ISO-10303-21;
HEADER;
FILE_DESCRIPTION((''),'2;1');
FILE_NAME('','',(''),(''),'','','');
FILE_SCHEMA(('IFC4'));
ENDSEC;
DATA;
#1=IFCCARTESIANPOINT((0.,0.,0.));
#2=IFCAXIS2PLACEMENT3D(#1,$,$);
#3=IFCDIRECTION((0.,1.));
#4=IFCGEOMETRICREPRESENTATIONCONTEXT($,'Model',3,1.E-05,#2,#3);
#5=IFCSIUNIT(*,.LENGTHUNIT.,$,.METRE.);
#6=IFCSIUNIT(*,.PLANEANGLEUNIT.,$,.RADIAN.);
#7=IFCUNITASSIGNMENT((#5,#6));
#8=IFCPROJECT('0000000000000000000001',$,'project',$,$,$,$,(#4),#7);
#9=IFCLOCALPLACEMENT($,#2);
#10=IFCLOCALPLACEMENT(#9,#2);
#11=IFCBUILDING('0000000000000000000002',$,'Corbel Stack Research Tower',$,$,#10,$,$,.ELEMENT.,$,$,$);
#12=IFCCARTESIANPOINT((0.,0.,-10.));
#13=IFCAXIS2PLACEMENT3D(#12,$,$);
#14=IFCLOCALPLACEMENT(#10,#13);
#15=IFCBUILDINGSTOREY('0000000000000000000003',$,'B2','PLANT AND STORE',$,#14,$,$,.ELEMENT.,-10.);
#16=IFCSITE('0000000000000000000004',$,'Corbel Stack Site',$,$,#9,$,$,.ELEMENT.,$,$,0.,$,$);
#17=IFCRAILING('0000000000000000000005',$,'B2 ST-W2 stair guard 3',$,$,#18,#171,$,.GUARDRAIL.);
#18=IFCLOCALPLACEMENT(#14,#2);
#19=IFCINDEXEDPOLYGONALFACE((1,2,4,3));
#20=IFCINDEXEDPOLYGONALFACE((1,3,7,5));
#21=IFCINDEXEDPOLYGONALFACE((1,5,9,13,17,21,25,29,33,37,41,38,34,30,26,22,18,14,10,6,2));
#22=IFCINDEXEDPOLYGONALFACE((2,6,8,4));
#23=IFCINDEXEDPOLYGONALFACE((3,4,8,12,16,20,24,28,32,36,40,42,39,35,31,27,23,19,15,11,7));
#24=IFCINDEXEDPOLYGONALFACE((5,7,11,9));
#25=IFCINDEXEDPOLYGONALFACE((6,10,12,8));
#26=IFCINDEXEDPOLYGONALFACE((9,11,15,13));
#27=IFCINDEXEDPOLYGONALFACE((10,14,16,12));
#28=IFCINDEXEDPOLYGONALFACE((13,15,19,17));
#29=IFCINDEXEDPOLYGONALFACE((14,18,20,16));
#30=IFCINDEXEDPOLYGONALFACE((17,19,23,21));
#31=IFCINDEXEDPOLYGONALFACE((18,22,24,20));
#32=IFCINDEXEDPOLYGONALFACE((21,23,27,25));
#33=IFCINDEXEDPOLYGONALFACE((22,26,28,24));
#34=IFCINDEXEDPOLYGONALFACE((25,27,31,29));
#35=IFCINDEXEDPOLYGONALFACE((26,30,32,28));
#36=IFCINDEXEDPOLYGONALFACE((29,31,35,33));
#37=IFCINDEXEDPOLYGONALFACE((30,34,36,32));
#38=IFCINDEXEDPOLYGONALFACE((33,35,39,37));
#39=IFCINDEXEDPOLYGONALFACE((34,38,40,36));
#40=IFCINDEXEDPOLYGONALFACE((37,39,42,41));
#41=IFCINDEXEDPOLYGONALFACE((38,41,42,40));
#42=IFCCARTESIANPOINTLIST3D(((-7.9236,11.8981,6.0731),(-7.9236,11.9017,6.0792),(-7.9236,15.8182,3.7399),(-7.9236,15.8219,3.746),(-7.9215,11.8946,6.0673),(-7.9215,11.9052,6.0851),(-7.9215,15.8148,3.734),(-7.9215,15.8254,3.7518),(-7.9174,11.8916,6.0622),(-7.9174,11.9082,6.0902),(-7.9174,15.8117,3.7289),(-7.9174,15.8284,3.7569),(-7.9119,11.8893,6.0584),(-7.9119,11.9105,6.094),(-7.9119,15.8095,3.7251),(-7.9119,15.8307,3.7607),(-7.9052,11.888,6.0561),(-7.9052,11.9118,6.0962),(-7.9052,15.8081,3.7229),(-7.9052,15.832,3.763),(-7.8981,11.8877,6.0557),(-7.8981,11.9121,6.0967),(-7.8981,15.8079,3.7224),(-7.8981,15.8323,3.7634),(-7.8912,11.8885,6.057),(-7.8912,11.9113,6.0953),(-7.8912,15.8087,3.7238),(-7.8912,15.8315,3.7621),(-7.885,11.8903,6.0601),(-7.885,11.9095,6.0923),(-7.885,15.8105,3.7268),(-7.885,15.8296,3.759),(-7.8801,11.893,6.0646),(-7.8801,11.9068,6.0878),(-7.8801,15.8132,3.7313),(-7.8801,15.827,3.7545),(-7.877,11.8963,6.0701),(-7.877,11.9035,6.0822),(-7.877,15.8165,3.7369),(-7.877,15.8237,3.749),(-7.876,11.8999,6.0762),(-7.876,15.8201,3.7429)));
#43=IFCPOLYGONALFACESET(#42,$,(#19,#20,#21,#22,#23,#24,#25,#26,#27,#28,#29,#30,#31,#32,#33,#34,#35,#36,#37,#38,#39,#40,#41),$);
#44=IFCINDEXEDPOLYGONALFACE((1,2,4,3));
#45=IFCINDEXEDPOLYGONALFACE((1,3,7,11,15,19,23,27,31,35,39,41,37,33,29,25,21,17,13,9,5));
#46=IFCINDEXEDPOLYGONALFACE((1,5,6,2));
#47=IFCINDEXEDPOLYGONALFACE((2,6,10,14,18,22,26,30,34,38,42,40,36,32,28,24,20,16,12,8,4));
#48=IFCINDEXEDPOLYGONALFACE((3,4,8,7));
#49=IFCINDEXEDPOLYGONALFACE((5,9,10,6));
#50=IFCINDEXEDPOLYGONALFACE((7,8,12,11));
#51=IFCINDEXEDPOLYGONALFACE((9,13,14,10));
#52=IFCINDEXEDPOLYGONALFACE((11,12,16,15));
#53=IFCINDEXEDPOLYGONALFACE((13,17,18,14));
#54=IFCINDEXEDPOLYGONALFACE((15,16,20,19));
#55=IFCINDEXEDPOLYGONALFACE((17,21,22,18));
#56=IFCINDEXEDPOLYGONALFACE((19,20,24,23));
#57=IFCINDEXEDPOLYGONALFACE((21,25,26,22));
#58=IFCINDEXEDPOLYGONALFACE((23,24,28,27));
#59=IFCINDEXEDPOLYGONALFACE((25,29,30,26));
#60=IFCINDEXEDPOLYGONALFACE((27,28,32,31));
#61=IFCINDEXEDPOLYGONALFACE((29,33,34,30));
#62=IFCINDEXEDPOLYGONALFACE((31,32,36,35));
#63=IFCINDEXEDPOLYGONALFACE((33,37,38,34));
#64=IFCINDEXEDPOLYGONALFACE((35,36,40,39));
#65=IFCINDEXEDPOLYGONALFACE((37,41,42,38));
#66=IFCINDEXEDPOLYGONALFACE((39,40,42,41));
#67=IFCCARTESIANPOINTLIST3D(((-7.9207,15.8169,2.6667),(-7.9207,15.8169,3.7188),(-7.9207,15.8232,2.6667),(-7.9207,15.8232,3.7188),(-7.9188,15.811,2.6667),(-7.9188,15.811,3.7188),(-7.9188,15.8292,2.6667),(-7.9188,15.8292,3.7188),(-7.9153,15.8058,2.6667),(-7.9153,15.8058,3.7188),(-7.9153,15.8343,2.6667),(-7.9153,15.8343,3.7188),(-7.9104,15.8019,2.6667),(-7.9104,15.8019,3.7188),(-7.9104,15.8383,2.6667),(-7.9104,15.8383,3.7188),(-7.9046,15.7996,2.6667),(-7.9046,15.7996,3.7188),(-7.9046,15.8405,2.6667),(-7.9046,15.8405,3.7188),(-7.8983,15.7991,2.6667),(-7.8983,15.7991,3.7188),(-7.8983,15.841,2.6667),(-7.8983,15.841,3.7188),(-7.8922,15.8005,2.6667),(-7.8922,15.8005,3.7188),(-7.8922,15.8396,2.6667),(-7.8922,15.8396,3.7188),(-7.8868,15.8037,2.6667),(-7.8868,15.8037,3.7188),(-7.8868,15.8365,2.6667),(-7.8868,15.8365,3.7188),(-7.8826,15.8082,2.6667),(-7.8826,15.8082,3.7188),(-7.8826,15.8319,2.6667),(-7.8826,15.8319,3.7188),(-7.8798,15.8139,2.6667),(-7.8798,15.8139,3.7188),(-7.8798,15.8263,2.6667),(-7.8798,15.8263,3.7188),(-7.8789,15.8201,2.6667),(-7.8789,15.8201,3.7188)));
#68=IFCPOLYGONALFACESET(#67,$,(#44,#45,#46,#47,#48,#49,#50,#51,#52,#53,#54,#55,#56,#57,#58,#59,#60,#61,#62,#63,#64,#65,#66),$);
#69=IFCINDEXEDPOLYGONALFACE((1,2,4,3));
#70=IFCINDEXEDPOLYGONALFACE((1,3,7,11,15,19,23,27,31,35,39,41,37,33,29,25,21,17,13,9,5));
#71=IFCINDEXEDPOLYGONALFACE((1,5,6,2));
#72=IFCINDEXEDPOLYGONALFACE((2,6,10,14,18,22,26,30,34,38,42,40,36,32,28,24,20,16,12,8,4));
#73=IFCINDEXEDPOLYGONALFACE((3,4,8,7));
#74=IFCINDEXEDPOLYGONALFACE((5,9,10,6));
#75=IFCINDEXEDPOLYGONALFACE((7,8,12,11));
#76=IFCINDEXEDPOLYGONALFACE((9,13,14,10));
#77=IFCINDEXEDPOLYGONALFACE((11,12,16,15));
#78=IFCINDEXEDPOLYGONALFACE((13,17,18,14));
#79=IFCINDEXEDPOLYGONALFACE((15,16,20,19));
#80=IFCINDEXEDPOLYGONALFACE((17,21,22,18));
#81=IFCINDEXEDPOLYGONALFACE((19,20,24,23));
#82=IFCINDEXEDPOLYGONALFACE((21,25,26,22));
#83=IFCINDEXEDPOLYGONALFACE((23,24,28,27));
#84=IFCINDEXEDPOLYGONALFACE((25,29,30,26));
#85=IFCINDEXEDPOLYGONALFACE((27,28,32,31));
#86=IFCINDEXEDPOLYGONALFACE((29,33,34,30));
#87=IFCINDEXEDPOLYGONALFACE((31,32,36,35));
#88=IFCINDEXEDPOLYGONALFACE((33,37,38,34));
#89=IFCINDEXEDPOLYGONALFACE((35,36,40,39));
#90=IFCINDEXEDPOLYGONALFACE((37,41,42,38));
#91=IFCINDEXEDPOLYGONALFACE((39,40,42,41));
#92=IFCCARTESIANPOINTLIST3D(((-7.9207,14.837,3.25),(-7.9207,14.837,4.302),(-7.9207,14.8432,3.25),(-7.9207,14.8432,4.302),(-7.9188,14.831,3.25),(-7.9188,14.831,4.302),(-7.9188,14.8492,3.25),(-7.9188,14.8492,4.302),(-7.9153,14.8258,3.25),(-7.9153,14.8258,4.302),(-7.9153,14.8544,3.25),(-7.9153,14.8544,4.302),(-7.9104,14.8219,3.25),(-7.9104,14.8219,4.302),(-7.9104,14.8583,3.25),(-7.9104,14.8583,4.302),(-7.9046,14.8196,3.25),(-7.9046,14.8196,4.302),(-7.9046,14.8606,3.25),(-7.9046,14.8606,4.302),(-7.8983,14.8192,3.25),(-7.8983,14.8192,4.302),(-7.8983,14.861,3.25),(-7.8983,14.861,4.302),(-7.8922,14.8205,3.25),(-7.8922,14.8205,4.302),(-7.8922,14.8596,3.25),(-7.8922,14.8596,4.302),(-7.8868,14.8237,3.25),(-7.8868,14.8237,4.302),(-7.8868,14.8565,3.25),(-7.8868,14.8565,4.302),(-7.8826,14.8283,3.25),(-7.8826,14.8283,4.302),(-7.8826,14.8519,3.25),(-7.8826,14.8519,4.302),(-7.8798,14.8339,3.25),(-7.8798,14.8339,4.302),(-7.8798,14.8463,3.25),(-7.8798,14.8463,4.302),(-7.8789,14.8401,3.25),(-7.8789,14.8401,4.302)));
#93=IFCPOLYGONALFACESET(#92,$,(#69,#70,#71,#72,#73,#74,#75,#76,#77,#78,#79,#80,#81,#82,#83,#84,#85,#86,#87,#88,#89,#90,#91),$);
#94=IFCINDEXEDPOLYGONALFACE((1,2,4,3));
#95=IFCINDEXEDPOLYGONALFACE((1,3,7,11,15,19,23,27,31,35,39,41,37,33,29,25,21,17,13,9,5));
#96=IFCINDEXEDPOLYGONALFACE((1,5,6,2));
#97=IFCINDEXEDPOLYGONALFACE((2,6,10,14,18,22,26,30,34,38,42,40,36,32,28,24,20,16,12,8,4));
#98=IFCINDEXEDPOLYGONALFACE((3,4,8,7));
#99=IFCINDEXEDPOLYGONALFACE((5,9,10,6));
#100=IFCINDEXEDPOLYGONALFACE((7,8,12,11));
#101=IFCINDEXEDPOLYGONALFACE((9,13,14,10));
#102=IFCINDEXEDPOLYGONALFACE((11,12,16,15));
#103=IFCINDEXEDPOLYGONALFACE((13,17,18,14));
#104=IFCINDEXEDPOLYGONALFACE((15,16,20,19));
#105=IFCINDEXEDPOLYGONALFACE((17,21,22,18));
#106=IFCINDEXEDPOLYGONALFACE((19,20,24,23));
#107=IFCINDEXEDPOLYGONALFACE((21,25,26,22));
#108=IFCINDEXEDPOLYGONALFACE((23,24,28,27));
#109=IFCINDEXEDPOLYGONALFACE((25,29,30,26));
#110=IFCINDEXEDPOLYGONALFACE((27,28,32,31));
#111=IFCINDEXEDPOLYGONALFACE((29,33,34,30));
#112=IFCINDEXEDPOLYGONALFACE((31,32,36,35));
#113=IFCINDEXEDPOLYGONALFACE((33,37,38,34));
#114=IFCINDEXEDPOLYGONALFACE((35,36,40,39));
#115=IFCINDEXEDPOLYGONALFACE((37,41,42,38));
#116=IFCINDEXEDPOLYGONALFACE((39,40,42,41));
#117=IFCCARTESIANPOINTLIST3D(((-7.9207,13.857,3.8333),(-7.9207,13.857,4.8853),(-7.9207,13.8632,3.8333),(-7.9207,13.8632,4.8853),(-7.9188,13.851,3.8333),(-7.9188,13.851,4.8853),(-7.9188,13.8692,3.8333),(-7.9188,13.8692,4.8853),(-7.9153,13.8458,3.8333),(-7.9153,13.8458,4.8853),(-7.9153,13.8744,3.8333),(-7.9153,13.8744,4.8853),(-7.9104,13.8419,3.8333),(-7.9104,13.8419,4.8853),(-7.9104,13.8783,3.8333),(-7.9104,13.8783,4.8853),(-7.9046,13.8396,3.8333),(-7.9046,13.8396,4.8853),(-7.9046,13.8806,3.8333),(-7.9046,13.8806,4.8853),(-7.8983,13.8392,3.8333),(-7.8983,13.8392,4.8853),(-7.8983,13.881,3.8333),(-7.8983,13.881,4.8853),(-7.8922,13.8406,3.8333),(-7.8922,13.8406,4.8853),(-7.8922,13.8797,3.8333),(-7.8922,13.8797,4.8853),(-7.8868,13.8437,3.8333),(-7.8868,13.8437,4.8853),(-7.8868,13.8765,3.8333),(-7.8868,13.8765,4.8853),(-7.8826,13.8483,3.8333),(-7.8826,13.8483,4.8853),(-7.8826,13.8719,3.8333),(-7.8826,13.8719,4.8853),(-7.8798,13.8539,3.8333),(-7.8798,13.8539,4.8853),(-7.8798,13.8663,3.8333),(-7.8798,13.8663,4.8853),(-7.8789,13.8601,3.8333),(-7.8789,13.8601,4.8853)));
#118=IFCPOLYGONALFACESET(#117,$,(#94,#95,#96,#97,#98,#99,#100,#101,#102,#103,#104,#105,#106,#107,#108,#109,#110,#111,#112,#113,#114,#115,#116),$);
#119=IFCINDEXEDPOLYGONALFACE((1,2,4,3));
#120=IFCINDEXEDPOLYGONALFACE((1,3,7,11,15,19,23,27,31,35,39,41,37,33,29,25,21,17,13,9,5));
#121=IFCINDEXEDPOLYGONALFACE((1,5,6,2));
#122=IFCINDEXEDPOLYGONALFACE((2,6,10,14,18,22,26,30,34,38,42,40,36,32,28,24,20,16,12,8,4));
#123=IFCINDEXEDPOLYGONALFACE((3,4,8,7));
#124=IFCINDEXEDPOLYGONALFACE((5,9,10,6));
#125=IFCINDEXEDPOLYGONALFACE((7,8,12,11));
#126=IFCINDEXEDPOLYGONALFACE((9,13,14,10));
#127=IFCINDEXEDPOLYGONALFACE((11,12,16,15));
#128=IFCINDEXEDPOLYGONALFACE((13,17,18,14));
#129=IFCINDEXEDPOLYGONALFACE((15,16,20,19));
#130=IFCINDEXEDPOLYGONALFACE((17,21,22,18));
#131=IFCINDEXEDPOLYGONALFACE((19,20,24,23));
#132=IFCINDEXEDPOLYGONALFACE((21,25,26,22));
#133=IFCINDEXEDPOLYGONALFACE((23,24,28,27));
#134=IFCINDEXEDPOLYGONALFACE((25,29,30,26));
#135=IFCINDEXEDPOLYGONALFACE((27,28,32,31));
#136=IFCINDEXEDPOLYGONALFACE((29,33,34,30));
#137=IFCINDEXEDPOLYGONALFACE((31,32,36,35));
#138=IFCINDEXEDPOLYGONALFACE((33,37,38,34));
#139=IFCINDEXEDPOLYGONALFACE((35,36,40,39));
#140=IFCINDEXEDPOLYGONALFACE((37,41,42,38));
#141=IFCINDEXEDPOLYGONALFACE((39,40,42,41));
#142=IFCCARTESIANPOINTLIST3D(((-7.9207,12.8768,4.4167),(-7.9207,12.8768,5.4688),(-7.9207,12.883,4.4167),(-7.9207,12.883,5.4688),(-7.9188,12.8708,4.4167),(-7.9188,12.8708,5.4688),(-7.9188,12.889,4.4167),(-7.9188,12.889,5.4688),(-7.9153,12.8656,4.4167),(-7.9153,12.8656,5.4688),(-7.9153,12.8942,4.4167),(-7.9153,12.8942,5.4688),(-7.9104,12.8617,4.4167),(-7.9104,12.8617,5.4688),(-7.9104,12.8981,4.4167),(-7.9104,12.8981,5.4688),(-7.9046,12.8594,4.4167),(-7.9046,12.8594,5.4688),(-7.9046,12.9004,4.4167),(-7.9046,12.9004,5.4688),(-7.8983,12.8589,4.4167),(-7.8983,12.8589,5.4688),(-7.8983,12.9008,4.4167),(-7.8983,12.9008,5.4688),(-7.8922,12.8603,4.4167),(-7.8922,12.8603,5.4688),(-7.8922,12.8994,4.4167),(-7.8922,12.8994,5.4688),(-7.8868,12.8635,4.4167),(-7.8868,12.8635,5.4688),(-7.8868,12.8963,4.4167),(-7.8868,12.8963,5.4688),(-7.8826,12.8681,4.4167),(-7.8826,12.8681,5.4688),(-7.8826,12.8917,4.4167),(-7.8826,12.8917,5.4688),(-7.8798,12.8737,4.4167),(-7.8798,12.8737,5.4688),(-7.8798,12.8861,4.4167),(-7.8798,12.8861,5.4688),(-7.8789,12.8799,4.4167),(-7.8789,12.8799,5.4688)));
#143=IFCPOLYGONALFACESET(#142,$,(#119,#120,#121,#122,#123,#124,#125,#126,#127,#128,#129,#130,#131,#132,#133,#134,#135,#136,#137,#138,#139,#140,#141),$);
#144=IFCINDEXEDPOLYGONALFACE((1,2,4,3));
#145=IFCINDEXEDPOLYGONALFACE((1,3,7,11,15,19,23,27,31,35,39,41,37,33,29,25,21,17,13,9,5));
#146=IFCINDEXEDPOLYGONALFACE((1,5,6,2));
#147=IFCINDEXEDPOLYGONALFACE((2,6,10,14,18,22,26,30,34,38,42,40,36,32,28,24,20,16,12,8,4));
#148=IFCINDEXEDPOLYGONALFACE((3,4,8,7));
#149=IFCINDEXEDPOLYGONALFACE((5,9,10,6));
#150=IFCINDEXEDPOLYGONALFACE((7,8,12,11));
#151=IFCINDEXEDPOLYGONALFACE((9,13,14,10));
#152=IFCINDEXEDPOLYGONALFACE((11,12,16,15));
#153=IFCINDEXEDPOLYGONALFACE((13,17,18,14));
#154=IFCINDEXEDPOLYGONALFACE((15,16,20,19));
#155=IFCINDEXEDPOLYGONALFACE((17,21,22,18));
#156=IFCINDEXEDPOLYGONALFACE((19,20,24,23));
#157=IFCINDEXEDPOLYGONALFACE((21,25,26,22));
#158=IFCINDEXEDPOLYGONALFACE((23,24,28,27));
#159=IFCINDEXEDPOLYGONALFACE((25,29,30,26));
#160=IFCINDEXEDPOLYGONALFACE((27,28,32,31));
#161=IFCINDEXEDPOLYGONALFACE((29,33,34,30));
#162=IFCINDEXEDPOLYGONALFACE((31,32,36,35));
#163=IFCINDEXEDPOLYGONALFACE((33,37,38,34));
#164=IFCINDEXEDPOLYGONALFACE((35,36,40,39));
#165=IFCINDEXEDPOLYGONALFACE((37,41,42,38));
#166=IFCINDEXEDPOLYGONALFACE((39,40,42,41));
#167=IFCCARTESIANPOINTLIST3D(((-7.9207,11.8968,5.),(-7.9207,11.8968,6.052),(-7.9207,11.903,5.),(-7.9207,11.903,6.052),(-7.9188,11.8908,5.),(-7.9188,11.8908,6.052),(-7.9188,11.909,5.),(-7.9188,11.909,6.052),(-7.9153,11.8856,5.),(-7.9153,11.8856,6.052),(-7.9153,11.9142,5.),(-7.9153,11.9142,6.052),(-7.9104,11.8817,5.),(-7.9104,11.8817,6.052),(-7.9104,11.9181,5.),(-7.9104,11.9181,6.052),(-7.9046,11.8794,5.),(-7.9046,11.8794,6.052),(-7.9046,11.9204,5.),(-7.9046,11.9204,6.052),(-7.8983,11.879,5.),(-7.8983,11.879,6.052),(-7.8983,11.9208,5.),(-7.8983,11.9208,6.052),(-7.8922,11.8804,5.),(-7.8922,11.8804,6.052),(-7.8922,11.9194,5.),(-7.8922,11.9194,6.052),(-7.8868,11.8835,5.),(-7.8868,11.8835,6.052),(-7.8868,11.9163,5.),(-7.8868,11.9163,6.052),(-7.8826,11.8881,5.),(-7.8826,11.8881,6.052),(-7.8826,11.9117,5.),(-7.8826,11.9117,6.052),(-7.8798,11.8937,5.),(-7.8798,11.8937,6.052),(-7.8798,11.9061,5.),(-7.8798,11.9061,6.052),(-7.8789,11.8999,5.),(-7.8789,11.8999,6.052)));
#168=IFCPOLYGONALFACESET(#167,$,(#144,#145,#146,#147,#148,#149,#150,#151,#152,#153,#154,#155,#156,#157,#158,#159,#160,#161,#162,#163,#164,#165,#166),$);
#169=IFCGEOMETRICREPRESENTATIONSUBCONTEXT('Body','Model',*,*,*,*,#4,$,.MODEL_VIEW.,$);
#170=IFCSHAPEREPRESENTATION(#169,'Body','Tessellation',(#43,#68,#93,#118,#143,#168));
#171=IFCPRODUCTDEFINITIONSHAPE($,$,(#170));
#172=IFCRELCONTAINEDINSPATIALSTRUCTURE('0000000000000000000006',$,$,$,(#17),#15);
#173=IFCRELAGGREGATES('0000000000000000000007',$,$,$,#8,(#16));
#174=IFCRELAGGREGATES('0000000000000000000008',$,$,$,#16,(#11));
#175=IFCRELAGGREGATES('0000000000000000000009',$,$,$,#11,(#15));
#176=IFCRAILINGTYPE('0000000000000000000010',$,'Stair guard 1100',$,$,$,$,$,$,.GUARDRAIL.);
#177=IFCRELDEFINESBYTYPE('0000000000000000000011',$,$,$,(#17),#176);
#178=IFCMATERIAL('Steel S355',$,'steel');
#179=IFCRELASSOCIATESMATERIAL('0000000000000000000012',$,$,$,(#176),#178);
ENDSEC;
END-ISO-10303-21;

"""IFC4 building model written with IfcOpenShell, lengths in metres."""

from ifc_helpers import new_model, si_unit, direction, frame, origin, origin_2d, place, context, subcontext, project, spatial, circle, extrude, material, type_object, element, save


model = new_model("IFC4")

# Units and contexts
model_context = context("Model", 3, precision=1e-05, world=origin(), true_north=direction((0.0, 1.0)))
body_context = subcontext(model_context, "Body", "Model", "MODEL_VIEW")
ifc_project = project(units=[si_unit("LENGTHUNIT", "METRE"), si_unit("PLANEANGLEUNIT", "RADIAN")], contexts=[model_context])

# Site, building, storey
site_placement = place(None, origin())
site = spatial("IfcSite", under=ifc_project, at=site_placement, Name="Corbel Stack Site", CompositionType="ELEMENT", RefElevation=0.0)
building_placement = place(site_placement, origin())
building = spatial("IfcBuilding", under=site, at=building_placement, Name="Corbel Stack Research Tower", CompositionType="ELEMENT")
storey_placement = place(building_placement, frame((0.0, 0.0, -10.0)))
storey = spatial("IfcBuildingStorey", under=building, at=storey_placement, Name="B2", Description="PLANT AND STORE", CompositionType="ELEMENT", Elevation=-10.0)

# Railing
ifc_material_1 = material(Name="Steel S355", Category="steel")
railing_type_1 = type_object("IfcRailingType", Name="Stair guard 1100", PredefinedType="GUARDRAIL", material=ifc_material_1)
railing_1_placement = place(storey_placement, frame((-7.8999, 15.8201, 2.6667)))
element("IfcRailing", 1, at=railing_1_placement, inside=storey, type_object=railing_type_1, Name="B2 ST-W2 stair guard 3", PredefinedType="GUARDRAIL", context=body_context, shape_type="SweptSolid", body=[
    extrude(circle(Radius=0.0239, at=origin_2d()), frame((0.0, 0.0, 1.0762), z_axis=(0.0, -0.85931, 0.511455), x_axis=(1.0, 0.0, 0.0)), (0.0, 0.0, 1.0), 4.562),
    extrude(circle(Radius=0.021, at=origin_2d()), origin(), (0.0, 0.0, 1.0), 1.052),
    extrude(circle(Radius=0.021, at=origin_2d()), frame((0.0, -0.98, 0.5833)), (0.0, 0.0, 1.0), 1.052),
    extrude(circle(Radius=0.021, at=origin_2d()), frame((0.0, -1.96, 1.1665)), (0.0, 0.0, 1.0), 1.052),
    extrude(circle(Radius=0.021, at=origin_2d()), frame((0.0, -2.9402, 1.75)), (0.0, 0.0, 1.0), 1.052),
    extrude(circle(Radius=0.021, at=origin_2d()), frame((0.0, -3.9202, 2.3333)), (0.0, 0.0, 1.0), 1.052),
])

save(model, "model.ifc")
